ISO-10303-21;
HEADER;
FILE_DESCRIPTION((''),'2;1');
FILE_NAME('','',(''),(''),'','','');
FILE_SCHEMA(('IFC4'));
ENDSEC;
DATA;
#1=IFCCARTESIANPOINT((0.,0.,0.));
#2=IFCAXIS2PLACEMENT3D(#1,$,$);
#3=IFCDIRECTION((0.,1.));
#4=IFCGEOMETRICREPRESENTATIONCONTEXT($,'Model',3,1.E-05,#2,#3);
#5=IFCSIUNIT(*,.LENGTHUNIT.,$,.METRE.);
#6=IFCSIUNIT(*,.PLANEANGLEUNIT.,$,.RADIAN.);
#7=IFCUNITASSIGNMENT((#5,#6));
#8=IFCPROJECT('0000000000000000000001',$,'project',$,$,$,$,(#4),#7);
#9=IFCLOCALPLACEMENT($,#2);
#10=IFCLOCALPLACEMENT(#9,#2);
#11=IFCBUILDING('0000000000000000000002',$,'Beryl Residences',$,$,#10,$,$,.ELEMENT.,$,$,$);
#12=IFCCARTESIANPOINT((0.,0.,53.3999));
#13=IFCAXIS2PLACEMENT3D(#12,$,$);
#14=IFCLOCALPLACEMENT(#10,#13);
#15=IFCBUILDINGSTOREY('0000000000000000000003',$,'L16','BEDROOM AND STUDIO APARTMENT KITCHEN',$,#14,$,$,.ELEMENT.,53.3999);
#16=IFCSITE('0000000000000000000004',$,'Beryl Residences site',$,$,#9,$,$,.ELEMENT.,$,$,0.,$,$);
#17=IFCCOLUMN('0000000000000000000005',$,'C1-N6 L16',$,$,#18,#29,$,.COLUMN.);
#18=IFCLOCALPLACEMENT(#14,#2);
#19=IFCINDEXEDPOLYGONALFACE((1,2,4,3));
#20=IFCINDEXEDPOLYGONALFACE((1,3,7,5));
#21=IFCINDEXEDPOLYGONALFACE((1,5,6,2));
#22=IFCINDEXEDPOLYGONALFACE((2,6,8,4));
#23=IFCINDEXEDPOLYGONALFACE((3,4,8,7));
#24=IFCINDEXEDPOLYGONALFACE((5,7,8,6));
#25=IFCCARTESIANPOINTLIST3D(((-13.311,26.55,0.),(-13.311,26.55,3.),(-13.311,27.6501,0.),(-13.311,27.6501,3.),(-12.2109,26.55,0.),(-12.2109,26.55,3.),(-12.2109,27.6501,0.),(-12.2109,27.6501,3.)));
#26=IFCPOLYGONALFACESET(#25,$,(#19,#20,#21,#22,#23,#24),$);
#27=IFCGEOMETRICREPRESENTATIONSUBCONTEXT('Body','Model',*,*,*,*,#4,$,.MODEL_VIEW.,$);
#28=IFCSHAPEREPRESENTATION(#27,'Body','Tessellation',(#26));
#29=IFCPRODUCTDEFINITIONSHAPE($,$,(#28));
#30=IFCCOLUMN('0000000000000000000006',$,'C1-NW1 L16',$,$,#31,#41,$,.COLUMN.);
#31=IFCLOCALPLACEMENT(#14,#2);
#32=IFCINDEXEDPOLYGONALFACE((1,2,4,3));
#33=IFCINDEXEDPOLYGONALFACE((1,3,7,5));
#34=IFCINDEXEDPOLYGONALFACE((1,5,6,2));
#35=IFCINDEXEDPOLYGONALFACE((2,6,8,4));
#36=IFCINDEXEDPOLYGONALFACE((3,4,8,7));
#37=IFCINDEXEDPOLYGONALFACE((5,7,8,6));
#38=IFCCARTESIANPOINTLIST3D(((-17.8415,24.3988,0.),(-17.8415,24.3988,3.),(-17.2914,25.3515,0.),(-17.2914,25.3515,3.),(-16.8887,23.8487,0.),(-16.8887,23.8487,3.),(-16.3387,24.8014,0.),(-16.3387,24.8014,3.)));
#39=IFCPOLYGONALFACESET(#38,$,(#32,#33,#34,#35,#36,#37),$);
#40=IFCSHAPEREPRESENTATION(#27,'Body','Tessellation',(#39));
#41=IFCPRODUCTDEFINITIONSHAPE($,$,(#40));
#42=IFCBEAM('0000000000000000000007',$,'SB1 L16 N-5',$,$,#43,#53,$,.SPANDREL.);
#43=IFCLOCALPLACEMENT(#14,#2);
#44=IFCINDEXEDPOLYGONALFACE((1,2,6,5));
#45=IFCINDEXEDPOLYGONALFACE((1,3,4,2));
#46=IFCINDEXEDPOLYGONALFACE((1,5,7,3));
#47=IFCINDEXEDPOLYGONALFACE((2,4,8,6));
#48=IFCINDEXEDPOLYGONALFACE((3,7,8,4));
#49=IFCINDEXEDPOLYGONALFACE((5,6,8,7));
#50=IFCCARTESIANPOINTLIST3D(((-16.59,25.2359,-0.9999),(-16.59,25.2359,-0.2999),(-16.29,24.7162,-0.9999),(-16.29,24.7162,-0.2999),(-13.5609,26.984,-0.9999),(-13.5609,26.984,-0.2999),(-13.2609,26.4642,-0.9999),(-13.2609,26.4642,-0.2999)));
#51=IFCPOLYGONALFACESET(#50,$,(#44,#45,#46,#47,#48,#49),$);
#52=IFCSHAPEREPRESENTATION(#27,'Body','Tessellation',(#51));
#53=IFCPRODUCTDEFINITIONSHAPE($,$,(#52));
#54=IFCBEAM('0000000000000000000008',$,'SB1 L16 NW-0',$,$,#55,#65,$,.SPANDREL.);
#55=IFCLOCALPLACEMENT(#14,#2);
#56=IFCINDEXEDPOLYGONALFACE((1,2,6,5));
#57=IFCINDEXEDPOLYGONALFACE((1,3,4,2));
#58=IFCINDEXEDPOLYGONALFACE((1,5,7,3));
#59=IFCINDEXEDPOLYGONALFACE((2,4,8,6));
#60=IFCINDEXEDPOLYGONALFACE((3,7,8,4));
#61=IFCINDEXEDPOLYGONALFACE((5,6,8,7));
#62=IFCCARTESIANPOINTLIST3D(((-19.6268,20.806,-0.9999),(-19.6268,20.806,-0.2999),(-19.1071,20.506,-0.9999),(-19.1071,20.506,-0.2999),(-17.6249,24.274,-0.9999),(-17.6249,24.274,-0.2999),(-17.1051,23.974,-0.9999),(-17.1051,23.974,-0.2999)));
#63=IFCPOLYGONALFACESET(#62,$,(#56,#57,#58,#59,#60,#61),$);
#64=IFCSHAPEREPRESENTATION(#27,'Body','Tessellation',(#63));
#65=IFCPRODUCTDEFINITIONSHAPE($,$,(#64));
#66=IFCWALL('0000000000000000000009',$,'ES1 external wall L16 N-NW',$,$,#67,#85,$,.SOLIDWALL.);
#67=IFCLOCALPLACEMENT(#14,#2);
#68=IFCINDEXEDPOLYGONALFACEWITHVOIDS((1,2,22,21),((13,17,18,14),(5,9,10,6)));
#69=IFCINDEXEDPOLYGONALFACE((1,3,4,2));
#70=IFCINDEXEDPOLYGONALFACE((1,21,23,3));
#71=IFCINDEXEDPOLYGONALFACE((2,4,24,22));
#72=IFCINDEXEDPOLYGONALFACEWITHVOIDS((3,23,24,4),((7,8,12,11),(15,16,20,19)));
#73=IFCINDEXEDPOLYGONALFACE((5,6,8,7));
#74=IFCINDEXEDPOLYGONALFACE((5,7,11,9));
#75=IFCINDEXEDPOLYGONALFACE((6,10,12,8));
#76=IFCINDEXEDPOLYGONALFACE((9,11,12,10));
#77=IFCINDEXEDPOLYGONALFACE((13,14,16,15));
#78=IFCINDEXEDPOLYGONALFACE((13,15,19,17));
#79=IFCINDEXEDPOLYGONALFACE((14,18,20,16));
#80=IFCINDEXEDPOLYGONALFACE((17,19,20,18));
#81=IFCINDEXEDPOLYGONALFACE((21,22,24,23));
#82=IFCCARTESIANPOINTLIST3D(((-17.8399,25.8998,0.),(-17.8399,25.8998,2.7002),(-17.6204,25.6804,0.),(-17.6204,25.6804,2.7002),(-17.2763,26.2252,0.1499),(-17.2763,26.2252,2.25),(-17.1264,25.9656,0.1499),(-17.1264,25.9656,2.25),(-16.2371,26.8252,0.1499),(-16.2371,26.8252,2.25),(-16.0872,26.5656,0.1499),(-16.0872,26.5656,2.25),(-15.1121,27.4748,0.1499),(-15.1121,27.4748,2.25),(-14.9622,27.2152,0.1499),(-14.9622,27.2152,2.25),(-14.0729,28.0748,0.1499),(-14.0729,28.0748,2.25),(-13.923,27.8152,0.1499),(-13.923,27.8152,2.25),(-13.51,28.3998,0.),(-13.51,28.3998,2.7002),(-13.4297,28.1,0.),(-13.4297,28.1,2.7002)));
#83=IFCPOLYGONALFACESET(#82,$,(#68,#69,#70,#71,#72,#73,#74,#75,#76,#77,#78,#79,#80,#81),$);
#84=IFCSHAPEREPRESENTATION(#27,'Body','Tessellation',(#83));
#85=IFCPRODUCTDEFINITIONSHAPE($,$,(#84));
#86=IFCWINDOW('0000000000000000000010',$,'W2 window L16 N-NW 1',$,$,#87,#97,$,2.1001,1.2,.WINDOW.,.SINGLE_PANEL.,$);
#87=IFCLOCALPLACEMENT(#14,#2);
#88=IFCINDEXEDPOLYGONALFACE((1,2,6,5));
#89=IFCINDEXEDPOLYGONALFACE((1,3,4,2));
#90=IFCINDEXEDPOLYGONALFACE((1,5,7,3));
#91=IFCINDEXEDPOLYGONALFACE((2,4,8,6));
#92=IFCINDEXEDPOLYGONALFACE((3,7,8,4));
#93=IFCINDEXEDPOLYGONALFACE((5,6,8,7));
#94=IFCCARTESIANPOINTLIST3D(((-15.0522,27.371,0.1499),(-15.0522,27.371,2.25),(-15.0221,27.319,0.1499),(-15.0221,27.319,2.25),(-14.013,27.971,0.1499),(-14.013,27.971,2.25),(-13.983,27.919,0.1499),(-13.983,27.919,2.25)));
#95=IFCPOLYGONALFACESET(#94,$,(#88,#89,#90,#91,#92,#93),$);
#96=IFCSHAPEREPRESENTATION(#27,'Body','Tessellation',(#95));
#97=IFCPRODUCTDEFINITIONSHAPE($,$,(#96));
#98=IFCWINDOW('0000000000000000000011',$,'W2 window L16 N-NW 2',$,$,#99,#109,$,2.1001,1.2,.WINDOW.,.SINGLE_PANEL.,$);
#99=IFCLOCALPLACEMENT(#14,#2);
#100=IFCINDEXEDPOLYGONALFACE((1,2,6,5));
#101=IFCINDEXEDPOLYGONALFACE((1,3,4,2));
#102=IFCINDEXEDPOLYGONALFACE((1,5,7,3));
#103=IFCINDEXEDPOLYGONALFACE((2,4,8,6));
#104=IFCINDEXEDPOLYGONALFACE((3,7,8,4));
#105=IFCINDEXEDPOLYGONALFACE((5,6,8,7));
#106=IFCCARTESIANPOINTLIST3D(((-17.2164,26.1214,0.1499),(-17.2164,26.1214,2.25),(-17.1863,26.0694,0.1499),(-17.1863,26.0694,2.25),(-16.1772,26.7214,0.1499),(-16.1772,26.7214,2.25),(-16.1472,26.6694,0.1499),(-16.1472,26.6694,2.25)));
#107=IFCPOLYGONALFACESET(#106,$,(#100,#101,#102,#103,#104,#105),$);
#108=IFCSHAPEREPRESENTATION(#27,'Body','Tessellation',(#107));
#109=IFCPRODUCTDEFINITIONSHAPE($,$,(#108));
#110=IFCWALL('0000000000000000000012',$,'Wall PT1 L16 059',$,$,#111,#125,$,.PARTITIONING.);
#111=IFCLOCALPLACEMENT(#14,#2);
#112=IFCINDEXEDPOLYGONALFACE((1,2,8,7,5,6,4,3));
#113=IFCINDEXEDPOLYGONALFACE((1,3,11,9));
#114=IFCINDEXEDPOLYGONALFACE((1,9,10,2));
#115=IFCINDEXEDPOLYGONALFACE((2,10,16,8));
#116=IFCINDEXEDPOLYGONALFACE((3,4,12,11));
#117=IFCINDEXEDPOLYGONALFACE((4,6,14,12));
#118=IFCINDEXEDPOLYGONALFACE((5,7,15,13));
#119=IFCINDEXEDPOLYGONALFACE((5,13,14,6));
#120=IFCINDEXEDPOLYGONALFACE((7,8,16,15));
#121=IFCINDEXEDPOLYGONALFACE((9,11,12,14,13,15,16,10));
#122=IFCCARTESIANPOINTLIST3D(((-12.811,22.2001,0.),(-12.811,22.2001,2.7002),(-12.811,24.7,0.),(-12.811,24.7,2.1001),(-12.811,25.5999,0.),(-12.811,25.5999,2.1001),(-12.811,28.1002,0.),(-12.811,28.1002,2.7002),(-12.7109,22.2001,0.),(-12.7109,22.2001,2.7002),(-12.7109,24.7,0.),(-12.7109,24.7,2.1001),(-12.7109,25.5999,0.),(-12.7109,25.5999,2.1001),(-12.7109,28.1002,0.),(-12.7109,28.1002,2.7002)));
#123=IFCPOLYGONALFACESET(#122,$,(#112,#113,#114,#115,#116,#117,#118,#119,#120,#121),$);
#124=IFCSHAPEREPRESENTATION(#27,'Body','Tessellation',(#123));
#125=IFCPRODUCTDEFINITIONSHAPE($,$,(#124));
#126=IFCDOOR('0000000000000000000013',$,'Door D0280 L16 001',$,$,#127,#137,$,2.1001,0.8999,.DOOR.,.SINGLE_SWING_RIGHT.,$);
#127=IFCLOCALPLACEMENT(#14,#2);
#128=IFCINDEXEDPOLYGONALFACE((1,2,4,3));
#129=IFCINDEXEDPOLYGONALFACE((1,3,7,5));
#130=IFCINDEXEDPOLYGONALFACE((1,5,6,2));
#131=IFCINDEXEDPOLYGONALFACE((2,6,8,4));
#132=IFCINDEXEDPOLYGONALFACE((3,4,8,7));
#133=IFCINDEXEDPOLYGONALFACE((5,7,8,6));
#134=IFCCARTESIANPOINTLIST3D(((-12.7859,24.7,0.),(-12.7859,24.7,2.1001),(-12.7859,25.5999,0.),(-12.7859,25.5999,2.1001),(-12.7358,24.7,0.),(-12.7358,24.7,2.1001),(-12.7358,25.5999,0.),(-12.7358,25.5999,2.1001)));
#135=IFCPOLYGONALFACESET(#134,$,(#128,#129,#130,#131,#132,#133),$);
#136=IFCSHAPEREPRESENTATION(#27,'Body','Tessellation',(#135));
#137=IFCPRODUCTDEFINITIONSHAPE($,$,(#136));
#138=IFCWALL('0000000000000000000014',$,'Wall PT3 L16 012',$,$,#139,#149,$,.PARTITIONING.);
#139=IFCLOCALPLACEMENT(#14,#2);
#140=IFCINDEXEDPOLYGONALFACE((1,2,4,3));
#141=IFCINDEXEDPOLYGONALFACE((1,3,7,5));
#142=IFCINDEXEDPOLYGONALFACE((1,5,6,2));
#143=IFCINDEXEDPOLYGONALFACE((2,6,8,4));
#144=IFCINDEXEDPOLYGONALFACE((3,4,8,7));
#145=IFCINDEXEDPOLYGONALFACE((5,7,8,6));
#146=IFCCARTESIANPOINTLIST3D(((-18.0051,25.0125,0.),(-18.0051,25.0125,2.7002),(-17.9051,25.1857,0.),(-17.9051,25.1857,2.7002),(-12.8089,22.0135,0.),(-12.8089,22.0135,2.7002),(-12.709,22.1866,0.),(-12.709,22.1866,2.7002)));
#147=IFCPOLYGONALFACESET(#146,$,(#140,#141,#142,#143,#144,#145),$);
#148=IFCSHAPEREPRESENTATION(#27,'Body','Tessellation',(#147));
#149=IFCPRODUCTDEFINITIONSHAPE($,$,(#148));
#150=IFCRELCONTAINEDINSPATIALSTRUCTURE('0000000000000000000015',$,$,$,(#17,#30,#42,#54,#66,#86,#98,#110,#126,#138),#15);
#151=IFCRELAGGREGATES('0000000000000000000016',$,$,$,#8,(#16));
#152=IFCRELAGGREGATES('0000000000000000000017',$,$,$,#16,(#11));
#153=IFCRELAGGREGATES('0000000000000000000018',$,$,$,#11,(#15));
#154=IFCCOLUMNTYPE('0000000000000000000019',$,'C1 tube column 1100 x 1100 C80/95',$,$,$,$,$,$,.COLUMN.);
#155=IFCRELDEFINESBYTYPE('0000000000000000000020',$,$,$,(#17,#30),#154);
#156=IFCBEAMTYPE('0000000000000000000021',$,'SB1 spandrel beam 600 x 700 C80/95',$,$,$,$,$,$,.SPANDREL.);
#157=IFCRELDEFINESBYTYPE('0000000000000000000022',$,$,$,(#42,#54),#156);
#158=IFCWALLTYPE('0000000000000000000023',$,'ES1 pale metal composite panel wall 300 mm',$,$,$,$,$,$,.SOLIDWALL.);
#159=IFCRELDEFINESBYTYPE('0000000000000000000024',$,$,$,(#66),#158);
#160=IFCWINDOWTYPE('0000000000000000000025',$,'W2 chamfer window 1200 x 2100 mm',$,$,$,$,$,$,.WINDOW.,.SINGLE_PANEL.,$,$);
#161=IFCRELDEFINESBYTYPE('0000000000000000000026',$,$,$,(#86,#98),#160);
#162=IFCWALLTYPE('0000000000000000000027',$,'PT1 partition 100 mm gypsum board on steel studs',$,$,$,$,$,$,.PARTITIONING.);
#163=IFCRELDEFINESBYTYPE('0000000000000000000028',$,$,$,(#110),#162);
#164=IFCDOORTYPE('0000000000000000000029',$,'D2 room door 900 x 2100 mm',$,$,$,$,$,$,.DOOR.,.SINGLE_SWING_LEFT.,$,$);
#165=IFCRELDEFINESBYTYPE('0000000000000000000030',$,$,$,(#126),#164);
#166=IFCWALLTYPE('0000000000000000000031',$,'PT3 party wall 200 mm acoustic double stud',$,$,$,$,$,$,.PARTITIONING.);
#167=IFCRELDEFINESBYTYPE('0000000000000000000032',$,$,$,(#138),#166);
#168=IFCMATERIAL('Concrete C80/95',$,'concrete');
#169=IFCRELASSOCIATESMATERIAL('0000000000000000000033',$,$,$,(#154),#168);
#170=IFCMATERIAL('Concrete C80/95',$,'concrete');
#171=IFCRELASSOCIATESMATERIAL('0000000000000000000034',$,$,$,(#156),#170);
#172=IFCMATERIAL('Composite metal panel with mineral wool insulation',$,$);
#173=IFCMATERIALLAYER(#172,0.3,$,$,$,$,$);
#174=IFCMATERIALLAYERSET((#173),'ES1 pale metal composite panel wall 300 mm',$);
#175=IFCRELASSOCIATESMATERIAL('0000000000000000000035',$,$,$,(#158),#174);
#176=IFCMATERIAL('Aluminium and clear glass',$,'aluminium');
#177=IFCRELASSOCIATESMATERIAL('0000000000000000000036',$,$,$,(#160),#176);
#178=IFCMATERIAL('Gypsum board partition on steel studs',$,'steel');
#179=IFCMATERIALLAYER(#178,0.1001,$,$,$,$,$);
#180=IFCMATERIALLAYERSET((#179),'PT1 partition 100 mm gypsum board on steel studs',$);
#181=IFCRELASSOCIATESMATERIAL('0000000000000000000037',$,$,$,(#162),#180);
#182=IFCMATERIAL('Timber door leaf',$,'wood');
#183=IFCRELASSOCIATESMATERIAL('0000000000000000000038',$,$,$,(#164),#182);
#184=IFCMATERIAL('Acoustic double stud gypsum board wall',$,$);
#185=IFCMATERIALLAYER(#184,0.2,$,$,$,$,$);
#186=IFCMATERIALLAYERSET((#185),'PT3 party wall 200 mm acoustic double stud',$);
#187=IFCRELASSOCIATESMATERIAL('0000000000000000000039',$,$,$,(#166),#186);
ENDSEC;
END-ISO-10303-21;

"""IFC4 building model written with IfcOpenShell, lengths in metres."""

from ifc_helpers import new_model, si_unit, direction, frame, frame_2d, origin, origin_2d, place, context, subcontext, project, spatial, polyline, rectangle, outline, extrude, material, layer, layer_set, material_profile, profile_set, type_object, element, fill, save


model = new_model("IFC4")

# Units and contexts
model_context = context("Model", 3, precision=1e-05, world=origin(), true_north=direction((0.0, 1.0)))
body_context = subcontext(model_context, "Body", "Model", "MODEL_VIEW")
ifc_project = project(units=[si_unit("LENGTHUNIT", "METRE"), si_unit("PLANEANGLEUNIT", "RADIAN")], contexts=[model_context])

# Site, building, storey
site_placement = place(None, origin())
site = spatial("IfcSite", under=ifc_project, at=site_placement, Name="Beryl Residences site", CompositionType="ELEMENT", RefElevation=0.0)
building_placement = place(site_placement, origin())
building = spatial("IfcBuilding", under=site, at=building_placement, Name="Beryl Residences", CompositionType="ELEMENT")
storey_placement = place(building_placement, frame((0.0, 0.0, 53.3999)))
storey = spatial("IfcBuildingStorey", under=building, at=storey_placement, Name="L16", Description="BEDROOM AND STUDIO APARTMENT KITCHEN", CompositionType="ELEMENT", Elevation=53.3999)

# Columns
ifc_material_1 = material(Name="Concrete C80/95", Category="concrete")
ifc_material_profile_1 = material_profile(ifc_material_1, rectangle(XDim=1.1001, YDim=1.1001, at=origin_2d()))
ifc_profile_set_1 = profile_set([ifc_material_profile_1], Name="Concrete C80/95")
column_type = type_object("IfcColumnType", Name="C1 tube column 1100 x 1100 C80/95", PredefinedType="COLUMN", material=ifc_profile_set_1)
for number, where, z_axis, x_axis, name in (
    (1, (-12.761, 27.1001, 0.0), (0.0, 0.0, 1.0), (-1.0, 0.0, 0.0), "C1-N6 L16"),
    (2, (-17.0901, 24.6001, 0.0), (0.0, 0.0, 1.0), (-0.499985, -0.866034, 0.0), "C1-NW1 L16"),
):
    element("IfcColumn", number, at=place(storey_placement, frame(where, z_axis=z_axis, x_axis=x_axis)), inside=storey, type_object=column_type, Name=name, PredefinedType="COLUMN", context=body_context, shape_type="SweptSolid", body=[
        extrude(rectangle(XDim=1.1001, YDim=1.1001, at=origin_2d()), origin(), (0.0, 0.0, 1.0), 3.0),
    ])

# Beams
ifc_material_2 = material(Name="Concrete C80/95", Category="concrete")
ifc_material_profile_2 = material_profile(ifc_material_2, rectangle(XDim=0.6001, YDim=0.7, at=origin_2d()))
ifc_profile_set_2 = profile_set([ifc_material_profile_2], Name="Concrete C80/95")
beam_type = type_object("IfcBeamType", Name="SB1 spandrel beam 600 x 700 C80/95", PredefinedType="SPANDREL", material=ifc_profile_set_2)
beam_1_placement = place(storey_placement, frame((-13.4109, 26.7241, -0.6499), z_axis=(-0.866122, -0.499833, 0.0), x_axis=(0.499833, -0.866122, 0.0)))
element("IfcBeam", 3, at=beam_1_placement, inside=storey, type_object=beam_type, Name="SB1 L16 N-5", PredefinedType="SPANDREL", context=body_context, shape_type="SweptSolid", body=[
    extrude(rectangle(XDim=0.6001, YDim=0.7, at=origin_2d()), origin(), (0.0, 0.0, 1.0), 3.4973),
])
beam_2_placement = place(storey_placement, frame((-17.365, 24.124, -0.6499), z_axis=(-0.499942, -0.866059, 0.0), x_axis=(0.866059, -0.499942, 0.0)))
element("IfcBeam", 4, at=beam_2_placement, inside=storey, type_object=beam_type, Name="SB1 L16 NW-0", PredefinedType="SPANDREL", context=body_context, shape_type="SweptSolid", body=[
    extrude(rectangle(XDim=0.6001, YDim=0.7, at=origin_2d()), origin(), (0.0, 0.0, 1.0), 4.0044),
])

# Wall, openings, windows
ifc_material_3 = material(Name="Composite metal panel with mineral wool insulation")
ifc_layer_1 = layer(ifc_material_3, 0.3)
ifc_layer_set_1 = layer_set([ifc_layer_1], Name="ES1 pale metal composite panel wall 300 mm")
wall_type_1 = type_object("IfcWallType", Name="ES1 pale metal composite panel wall 300 mm", PredefinedType="SOLIDWALL", material=ifc_layer_set_1)
wall_1_placement = place(storey_placement, frame((-13.4351, 28.27, 0.0), z_axis=(0.0, 0.0, 1.0), x_axis=(-0.866011, -0.500025, 0.0)))
wall_1 = element("IfcWall", 5, at=wall_1_placement, inside=storey, type_object=wall_type_1, Name="ES1 external wall L16 N-NW", PredefinedType="SOLIDWALL", context=body_context, shape_type="SweptSolid", body=[
    extrude(outline(polyline([(0.0, -0.1499), (4.9998, -0.1499), (4.9194, 0.1499), (0.0803, 0.1499), (0.0, -0.1499)])), origin(), (0.0, 0.0, 1.0), 2.7002),
])
opening_1_placement = place(wall_1_placement, frame((0.6499, 0.0, 0.1499)))
opening_1 = element("IfcOpeningElement", 6, at=opening_1_placement, cuts=wall_1, PredefinedType="OPENING", context=body_context, shape_type="SweptSolid", body=[
    extrude(rectangle(XDim=1.2, YDim=2.1001, at=frame_2d((0.6001, 1.05))), frame((0.0, 0.1599, 0.0), z_axis=(0.0, -1.0, 0.0), x_axis=(1.0, 0.0, 0.0)), (0.0, 0.0, 1.0), 0.3201),
])
opening_2_placement = place(wall_1_placement, frame((3.1489, 0.0, 0.1499)))
opening_2 = element("IfcOpeningElement", 7, at=opening_2_placement, cuts=wall_1, PredefinedType="OPENING", context=body_context, shape_type="SweptSolid", body=[
    extrude(rectangle(XDim=1.2, YDim=2.1001, at=frame_2d((0.6001, 1.05))), frame((0.0, 0.1599, 0.0), z_axis=(0.0, -1.0, 0.0), x_axis=(1.0, 0.0, 0.0)), (0.0, 0.0, 1.0), 0.3201),
])
ifc_material_4 = material(Name="Aluminium and clear glass", Category="aluminium")
window_type_1 = type_object("IfcWindowType", Name="W2 chamfer window 1200 x 2100 mm", PartitioningType="SINGLE_PANEL", PredefinedType="WINDOW", material=ifc_material_4)
window_1_placement = place(opening_1_placement, origin())
window_1 = element("IfcWindow", 8, at=window_1_placement, inside=storey, type_object=window_type_1, Name="W2 window L16 N-NW 1", OverallHeight=2.1001, OverallWidth=1.2, PartitioningType="SINGLE_PANEL", PredefinedType="WINDOW", context=body_context, shape_type="SweptSolid", body=[
    extrude(rectangle(XDim=1.2, YDim=2.1001, at=frame_2d((0.6001, 1.05))), frame((0.0, 0.03, 0.0), z_axis=(0.0, -1.0, 0.0), x_axis=(1.0, 0.0, 0.0)), (0.0, 0.0, 1.0), 0.0601),
])
fill(opening_1, window_1)
window_2_placement = place(opening_2_placement, origin())
window_2 = element("IfcWindow", 9, at=window_2_placement, inside=storey, type_object=window_type_1, Name="W2 window L16 N-NW 2", OverallHeight=2.1001, OverallWidth=1.2, PartitioningType="SINGLE_PANEL", PredefinedType="WINDOW", context=body_context, shape_type="SweptSolid", body=[
    extrude(rectangle(XDim=1.2, YDim=2.1001, at=frame_2d((0.6001, 1.05))), frame((0.0, 0.03, 0.0), z_axis=(0.0, -1.0, 0.0), x_axis=(1.0, 0.0, 0.0)), (0.0, 0.0, 1.0), 0.0601),
])
fill(opening_2, window_2)

# Wall, opening, door
ifc_material_5 = material(Name="Gypsum board partition on steel studs", Category="steel")
ifc_layer_2 = layer(ifc_material_5, 0.1001)
ifc_layer_set_2 = layer_set([ifc_layer_2], Name="PT1 partition 100 mm gypsum board on steel studs")
wall_type_2 = type_object("IfcWallType", Name="PT1 partition 100 mm gypsum board on steel studs", PredefinedType="PARTITIONING", material=ifc_layer_set_2)
wall_2_placement = place(storey_placement, frame((-12.761, 22.2, 0.0), z_axis=(0.0, 0.0, 1.0), x_axis=(0.0, 1.0, 0.0)))
wall_2 = element("IfcWall", 10, at=wall_2_placement, inside=storey, type_object=wall_type_2, Name="Wall PT1 L16 059", PredefinedType="PARTITIONING", context=body_context, shape_type="SweptSolid", body=[
    extrude(rectangle(XDim=5.9001, YDim=0.1001, at=frame_2d((2.9502, 0.0))), origin(), (0.0, 0.0, 1.0), 2.7002),
])
opening_3_placement = place(wall_2_placement, frame((2.5, 0.0, 0.0)))
opening_3 = element("IfcOpeningElement", 11, at=opening_3_placement, cuts=wall_2, PredefinedType="OPENING", context=body_context, shape_type="SweptSolid", body=[
    extrude(rectangle(XDim=0.8999, YDim=2.1001, at=frame_2d((0.45, 1.05))), frame((0.0, 0.0601, 0.0), z_axis=(0.0, -1.0, 0.0), x_axis=(1.0, 0.0, 0.0)), (0.0, 0.0, 1.0), 0.1201),
])
ifc_material_6 = material(Name="Timber door leaf", Category="wood")
door_type = type_object("IfcDoorType", Name="D2 room door 900 x 2100 mm", OperationType="SINGLE_SWING_LEFT", PredefinedType="DOOR", material=ifc_material_6)
door_placement = place(opening_3_placement, origin())
door = element("IfcDoor", 12, at=door_placement, inside=storey, type_object=door_type, Name="Door D0280 L16 001", OperationType="SINGLE_SWING_RIGHT", OverallHeight=2.1001, OverallWidth=0.8999, PredefinedType="DOOR", context=body_context, shape_type="SweptSolid", body=[
    extrude(rectangle(XDim=0.8999, YDim=2.1001, at=frame_2d((0.45, 1.05))), frame((0.0, 0.0249, 0.0), z_axis=(0.0, -1.0, 0.0), x_axis=(1.0, 0.0, 0.0)), (0.0, 0.0, 1.0), 0.05),
])
fill(opening_3, door)

# Wall
ifc_material_7 = material(Name="Acoustic double stud gypsum board wall")
ifc_layer_3 = layer(ifc_material_7, 0.2)
ifc_layer_set_3 = layer_set([ifc_layer_3], Name="PT3 party wall 200 mm acoustic double stud")
wall_type_3 = type_object("IfcWallType", Name="PT3 party wall 200 mm acoustic double stud", PredefinedType="PARTITIONING", material=ifc_layer_set_3)
wall_3_placement = place(storey_placement, frame((-17.9551, 25.0991, 0.0), z_axis=(0.0, 0.0, 1.0), x_axis=(0.866091, -0.499886, 0.0)))
element("IfcWall", 13, at=wall_3_placement, inside=storey, type_object=wall_type_3, Name="Wall PT3 L16 012", PredefinedType="PARTITIONING", context=body_context, shape_type="SweptSolid", body=[
    extrude(rectangle(XDim=5.9995, YDim=0.2, at=frame_2d((2.9998, 0.0))), origin(), (0.0, 0.0, 1.0), 2.7002),
])

save(model, "model.ifc")
